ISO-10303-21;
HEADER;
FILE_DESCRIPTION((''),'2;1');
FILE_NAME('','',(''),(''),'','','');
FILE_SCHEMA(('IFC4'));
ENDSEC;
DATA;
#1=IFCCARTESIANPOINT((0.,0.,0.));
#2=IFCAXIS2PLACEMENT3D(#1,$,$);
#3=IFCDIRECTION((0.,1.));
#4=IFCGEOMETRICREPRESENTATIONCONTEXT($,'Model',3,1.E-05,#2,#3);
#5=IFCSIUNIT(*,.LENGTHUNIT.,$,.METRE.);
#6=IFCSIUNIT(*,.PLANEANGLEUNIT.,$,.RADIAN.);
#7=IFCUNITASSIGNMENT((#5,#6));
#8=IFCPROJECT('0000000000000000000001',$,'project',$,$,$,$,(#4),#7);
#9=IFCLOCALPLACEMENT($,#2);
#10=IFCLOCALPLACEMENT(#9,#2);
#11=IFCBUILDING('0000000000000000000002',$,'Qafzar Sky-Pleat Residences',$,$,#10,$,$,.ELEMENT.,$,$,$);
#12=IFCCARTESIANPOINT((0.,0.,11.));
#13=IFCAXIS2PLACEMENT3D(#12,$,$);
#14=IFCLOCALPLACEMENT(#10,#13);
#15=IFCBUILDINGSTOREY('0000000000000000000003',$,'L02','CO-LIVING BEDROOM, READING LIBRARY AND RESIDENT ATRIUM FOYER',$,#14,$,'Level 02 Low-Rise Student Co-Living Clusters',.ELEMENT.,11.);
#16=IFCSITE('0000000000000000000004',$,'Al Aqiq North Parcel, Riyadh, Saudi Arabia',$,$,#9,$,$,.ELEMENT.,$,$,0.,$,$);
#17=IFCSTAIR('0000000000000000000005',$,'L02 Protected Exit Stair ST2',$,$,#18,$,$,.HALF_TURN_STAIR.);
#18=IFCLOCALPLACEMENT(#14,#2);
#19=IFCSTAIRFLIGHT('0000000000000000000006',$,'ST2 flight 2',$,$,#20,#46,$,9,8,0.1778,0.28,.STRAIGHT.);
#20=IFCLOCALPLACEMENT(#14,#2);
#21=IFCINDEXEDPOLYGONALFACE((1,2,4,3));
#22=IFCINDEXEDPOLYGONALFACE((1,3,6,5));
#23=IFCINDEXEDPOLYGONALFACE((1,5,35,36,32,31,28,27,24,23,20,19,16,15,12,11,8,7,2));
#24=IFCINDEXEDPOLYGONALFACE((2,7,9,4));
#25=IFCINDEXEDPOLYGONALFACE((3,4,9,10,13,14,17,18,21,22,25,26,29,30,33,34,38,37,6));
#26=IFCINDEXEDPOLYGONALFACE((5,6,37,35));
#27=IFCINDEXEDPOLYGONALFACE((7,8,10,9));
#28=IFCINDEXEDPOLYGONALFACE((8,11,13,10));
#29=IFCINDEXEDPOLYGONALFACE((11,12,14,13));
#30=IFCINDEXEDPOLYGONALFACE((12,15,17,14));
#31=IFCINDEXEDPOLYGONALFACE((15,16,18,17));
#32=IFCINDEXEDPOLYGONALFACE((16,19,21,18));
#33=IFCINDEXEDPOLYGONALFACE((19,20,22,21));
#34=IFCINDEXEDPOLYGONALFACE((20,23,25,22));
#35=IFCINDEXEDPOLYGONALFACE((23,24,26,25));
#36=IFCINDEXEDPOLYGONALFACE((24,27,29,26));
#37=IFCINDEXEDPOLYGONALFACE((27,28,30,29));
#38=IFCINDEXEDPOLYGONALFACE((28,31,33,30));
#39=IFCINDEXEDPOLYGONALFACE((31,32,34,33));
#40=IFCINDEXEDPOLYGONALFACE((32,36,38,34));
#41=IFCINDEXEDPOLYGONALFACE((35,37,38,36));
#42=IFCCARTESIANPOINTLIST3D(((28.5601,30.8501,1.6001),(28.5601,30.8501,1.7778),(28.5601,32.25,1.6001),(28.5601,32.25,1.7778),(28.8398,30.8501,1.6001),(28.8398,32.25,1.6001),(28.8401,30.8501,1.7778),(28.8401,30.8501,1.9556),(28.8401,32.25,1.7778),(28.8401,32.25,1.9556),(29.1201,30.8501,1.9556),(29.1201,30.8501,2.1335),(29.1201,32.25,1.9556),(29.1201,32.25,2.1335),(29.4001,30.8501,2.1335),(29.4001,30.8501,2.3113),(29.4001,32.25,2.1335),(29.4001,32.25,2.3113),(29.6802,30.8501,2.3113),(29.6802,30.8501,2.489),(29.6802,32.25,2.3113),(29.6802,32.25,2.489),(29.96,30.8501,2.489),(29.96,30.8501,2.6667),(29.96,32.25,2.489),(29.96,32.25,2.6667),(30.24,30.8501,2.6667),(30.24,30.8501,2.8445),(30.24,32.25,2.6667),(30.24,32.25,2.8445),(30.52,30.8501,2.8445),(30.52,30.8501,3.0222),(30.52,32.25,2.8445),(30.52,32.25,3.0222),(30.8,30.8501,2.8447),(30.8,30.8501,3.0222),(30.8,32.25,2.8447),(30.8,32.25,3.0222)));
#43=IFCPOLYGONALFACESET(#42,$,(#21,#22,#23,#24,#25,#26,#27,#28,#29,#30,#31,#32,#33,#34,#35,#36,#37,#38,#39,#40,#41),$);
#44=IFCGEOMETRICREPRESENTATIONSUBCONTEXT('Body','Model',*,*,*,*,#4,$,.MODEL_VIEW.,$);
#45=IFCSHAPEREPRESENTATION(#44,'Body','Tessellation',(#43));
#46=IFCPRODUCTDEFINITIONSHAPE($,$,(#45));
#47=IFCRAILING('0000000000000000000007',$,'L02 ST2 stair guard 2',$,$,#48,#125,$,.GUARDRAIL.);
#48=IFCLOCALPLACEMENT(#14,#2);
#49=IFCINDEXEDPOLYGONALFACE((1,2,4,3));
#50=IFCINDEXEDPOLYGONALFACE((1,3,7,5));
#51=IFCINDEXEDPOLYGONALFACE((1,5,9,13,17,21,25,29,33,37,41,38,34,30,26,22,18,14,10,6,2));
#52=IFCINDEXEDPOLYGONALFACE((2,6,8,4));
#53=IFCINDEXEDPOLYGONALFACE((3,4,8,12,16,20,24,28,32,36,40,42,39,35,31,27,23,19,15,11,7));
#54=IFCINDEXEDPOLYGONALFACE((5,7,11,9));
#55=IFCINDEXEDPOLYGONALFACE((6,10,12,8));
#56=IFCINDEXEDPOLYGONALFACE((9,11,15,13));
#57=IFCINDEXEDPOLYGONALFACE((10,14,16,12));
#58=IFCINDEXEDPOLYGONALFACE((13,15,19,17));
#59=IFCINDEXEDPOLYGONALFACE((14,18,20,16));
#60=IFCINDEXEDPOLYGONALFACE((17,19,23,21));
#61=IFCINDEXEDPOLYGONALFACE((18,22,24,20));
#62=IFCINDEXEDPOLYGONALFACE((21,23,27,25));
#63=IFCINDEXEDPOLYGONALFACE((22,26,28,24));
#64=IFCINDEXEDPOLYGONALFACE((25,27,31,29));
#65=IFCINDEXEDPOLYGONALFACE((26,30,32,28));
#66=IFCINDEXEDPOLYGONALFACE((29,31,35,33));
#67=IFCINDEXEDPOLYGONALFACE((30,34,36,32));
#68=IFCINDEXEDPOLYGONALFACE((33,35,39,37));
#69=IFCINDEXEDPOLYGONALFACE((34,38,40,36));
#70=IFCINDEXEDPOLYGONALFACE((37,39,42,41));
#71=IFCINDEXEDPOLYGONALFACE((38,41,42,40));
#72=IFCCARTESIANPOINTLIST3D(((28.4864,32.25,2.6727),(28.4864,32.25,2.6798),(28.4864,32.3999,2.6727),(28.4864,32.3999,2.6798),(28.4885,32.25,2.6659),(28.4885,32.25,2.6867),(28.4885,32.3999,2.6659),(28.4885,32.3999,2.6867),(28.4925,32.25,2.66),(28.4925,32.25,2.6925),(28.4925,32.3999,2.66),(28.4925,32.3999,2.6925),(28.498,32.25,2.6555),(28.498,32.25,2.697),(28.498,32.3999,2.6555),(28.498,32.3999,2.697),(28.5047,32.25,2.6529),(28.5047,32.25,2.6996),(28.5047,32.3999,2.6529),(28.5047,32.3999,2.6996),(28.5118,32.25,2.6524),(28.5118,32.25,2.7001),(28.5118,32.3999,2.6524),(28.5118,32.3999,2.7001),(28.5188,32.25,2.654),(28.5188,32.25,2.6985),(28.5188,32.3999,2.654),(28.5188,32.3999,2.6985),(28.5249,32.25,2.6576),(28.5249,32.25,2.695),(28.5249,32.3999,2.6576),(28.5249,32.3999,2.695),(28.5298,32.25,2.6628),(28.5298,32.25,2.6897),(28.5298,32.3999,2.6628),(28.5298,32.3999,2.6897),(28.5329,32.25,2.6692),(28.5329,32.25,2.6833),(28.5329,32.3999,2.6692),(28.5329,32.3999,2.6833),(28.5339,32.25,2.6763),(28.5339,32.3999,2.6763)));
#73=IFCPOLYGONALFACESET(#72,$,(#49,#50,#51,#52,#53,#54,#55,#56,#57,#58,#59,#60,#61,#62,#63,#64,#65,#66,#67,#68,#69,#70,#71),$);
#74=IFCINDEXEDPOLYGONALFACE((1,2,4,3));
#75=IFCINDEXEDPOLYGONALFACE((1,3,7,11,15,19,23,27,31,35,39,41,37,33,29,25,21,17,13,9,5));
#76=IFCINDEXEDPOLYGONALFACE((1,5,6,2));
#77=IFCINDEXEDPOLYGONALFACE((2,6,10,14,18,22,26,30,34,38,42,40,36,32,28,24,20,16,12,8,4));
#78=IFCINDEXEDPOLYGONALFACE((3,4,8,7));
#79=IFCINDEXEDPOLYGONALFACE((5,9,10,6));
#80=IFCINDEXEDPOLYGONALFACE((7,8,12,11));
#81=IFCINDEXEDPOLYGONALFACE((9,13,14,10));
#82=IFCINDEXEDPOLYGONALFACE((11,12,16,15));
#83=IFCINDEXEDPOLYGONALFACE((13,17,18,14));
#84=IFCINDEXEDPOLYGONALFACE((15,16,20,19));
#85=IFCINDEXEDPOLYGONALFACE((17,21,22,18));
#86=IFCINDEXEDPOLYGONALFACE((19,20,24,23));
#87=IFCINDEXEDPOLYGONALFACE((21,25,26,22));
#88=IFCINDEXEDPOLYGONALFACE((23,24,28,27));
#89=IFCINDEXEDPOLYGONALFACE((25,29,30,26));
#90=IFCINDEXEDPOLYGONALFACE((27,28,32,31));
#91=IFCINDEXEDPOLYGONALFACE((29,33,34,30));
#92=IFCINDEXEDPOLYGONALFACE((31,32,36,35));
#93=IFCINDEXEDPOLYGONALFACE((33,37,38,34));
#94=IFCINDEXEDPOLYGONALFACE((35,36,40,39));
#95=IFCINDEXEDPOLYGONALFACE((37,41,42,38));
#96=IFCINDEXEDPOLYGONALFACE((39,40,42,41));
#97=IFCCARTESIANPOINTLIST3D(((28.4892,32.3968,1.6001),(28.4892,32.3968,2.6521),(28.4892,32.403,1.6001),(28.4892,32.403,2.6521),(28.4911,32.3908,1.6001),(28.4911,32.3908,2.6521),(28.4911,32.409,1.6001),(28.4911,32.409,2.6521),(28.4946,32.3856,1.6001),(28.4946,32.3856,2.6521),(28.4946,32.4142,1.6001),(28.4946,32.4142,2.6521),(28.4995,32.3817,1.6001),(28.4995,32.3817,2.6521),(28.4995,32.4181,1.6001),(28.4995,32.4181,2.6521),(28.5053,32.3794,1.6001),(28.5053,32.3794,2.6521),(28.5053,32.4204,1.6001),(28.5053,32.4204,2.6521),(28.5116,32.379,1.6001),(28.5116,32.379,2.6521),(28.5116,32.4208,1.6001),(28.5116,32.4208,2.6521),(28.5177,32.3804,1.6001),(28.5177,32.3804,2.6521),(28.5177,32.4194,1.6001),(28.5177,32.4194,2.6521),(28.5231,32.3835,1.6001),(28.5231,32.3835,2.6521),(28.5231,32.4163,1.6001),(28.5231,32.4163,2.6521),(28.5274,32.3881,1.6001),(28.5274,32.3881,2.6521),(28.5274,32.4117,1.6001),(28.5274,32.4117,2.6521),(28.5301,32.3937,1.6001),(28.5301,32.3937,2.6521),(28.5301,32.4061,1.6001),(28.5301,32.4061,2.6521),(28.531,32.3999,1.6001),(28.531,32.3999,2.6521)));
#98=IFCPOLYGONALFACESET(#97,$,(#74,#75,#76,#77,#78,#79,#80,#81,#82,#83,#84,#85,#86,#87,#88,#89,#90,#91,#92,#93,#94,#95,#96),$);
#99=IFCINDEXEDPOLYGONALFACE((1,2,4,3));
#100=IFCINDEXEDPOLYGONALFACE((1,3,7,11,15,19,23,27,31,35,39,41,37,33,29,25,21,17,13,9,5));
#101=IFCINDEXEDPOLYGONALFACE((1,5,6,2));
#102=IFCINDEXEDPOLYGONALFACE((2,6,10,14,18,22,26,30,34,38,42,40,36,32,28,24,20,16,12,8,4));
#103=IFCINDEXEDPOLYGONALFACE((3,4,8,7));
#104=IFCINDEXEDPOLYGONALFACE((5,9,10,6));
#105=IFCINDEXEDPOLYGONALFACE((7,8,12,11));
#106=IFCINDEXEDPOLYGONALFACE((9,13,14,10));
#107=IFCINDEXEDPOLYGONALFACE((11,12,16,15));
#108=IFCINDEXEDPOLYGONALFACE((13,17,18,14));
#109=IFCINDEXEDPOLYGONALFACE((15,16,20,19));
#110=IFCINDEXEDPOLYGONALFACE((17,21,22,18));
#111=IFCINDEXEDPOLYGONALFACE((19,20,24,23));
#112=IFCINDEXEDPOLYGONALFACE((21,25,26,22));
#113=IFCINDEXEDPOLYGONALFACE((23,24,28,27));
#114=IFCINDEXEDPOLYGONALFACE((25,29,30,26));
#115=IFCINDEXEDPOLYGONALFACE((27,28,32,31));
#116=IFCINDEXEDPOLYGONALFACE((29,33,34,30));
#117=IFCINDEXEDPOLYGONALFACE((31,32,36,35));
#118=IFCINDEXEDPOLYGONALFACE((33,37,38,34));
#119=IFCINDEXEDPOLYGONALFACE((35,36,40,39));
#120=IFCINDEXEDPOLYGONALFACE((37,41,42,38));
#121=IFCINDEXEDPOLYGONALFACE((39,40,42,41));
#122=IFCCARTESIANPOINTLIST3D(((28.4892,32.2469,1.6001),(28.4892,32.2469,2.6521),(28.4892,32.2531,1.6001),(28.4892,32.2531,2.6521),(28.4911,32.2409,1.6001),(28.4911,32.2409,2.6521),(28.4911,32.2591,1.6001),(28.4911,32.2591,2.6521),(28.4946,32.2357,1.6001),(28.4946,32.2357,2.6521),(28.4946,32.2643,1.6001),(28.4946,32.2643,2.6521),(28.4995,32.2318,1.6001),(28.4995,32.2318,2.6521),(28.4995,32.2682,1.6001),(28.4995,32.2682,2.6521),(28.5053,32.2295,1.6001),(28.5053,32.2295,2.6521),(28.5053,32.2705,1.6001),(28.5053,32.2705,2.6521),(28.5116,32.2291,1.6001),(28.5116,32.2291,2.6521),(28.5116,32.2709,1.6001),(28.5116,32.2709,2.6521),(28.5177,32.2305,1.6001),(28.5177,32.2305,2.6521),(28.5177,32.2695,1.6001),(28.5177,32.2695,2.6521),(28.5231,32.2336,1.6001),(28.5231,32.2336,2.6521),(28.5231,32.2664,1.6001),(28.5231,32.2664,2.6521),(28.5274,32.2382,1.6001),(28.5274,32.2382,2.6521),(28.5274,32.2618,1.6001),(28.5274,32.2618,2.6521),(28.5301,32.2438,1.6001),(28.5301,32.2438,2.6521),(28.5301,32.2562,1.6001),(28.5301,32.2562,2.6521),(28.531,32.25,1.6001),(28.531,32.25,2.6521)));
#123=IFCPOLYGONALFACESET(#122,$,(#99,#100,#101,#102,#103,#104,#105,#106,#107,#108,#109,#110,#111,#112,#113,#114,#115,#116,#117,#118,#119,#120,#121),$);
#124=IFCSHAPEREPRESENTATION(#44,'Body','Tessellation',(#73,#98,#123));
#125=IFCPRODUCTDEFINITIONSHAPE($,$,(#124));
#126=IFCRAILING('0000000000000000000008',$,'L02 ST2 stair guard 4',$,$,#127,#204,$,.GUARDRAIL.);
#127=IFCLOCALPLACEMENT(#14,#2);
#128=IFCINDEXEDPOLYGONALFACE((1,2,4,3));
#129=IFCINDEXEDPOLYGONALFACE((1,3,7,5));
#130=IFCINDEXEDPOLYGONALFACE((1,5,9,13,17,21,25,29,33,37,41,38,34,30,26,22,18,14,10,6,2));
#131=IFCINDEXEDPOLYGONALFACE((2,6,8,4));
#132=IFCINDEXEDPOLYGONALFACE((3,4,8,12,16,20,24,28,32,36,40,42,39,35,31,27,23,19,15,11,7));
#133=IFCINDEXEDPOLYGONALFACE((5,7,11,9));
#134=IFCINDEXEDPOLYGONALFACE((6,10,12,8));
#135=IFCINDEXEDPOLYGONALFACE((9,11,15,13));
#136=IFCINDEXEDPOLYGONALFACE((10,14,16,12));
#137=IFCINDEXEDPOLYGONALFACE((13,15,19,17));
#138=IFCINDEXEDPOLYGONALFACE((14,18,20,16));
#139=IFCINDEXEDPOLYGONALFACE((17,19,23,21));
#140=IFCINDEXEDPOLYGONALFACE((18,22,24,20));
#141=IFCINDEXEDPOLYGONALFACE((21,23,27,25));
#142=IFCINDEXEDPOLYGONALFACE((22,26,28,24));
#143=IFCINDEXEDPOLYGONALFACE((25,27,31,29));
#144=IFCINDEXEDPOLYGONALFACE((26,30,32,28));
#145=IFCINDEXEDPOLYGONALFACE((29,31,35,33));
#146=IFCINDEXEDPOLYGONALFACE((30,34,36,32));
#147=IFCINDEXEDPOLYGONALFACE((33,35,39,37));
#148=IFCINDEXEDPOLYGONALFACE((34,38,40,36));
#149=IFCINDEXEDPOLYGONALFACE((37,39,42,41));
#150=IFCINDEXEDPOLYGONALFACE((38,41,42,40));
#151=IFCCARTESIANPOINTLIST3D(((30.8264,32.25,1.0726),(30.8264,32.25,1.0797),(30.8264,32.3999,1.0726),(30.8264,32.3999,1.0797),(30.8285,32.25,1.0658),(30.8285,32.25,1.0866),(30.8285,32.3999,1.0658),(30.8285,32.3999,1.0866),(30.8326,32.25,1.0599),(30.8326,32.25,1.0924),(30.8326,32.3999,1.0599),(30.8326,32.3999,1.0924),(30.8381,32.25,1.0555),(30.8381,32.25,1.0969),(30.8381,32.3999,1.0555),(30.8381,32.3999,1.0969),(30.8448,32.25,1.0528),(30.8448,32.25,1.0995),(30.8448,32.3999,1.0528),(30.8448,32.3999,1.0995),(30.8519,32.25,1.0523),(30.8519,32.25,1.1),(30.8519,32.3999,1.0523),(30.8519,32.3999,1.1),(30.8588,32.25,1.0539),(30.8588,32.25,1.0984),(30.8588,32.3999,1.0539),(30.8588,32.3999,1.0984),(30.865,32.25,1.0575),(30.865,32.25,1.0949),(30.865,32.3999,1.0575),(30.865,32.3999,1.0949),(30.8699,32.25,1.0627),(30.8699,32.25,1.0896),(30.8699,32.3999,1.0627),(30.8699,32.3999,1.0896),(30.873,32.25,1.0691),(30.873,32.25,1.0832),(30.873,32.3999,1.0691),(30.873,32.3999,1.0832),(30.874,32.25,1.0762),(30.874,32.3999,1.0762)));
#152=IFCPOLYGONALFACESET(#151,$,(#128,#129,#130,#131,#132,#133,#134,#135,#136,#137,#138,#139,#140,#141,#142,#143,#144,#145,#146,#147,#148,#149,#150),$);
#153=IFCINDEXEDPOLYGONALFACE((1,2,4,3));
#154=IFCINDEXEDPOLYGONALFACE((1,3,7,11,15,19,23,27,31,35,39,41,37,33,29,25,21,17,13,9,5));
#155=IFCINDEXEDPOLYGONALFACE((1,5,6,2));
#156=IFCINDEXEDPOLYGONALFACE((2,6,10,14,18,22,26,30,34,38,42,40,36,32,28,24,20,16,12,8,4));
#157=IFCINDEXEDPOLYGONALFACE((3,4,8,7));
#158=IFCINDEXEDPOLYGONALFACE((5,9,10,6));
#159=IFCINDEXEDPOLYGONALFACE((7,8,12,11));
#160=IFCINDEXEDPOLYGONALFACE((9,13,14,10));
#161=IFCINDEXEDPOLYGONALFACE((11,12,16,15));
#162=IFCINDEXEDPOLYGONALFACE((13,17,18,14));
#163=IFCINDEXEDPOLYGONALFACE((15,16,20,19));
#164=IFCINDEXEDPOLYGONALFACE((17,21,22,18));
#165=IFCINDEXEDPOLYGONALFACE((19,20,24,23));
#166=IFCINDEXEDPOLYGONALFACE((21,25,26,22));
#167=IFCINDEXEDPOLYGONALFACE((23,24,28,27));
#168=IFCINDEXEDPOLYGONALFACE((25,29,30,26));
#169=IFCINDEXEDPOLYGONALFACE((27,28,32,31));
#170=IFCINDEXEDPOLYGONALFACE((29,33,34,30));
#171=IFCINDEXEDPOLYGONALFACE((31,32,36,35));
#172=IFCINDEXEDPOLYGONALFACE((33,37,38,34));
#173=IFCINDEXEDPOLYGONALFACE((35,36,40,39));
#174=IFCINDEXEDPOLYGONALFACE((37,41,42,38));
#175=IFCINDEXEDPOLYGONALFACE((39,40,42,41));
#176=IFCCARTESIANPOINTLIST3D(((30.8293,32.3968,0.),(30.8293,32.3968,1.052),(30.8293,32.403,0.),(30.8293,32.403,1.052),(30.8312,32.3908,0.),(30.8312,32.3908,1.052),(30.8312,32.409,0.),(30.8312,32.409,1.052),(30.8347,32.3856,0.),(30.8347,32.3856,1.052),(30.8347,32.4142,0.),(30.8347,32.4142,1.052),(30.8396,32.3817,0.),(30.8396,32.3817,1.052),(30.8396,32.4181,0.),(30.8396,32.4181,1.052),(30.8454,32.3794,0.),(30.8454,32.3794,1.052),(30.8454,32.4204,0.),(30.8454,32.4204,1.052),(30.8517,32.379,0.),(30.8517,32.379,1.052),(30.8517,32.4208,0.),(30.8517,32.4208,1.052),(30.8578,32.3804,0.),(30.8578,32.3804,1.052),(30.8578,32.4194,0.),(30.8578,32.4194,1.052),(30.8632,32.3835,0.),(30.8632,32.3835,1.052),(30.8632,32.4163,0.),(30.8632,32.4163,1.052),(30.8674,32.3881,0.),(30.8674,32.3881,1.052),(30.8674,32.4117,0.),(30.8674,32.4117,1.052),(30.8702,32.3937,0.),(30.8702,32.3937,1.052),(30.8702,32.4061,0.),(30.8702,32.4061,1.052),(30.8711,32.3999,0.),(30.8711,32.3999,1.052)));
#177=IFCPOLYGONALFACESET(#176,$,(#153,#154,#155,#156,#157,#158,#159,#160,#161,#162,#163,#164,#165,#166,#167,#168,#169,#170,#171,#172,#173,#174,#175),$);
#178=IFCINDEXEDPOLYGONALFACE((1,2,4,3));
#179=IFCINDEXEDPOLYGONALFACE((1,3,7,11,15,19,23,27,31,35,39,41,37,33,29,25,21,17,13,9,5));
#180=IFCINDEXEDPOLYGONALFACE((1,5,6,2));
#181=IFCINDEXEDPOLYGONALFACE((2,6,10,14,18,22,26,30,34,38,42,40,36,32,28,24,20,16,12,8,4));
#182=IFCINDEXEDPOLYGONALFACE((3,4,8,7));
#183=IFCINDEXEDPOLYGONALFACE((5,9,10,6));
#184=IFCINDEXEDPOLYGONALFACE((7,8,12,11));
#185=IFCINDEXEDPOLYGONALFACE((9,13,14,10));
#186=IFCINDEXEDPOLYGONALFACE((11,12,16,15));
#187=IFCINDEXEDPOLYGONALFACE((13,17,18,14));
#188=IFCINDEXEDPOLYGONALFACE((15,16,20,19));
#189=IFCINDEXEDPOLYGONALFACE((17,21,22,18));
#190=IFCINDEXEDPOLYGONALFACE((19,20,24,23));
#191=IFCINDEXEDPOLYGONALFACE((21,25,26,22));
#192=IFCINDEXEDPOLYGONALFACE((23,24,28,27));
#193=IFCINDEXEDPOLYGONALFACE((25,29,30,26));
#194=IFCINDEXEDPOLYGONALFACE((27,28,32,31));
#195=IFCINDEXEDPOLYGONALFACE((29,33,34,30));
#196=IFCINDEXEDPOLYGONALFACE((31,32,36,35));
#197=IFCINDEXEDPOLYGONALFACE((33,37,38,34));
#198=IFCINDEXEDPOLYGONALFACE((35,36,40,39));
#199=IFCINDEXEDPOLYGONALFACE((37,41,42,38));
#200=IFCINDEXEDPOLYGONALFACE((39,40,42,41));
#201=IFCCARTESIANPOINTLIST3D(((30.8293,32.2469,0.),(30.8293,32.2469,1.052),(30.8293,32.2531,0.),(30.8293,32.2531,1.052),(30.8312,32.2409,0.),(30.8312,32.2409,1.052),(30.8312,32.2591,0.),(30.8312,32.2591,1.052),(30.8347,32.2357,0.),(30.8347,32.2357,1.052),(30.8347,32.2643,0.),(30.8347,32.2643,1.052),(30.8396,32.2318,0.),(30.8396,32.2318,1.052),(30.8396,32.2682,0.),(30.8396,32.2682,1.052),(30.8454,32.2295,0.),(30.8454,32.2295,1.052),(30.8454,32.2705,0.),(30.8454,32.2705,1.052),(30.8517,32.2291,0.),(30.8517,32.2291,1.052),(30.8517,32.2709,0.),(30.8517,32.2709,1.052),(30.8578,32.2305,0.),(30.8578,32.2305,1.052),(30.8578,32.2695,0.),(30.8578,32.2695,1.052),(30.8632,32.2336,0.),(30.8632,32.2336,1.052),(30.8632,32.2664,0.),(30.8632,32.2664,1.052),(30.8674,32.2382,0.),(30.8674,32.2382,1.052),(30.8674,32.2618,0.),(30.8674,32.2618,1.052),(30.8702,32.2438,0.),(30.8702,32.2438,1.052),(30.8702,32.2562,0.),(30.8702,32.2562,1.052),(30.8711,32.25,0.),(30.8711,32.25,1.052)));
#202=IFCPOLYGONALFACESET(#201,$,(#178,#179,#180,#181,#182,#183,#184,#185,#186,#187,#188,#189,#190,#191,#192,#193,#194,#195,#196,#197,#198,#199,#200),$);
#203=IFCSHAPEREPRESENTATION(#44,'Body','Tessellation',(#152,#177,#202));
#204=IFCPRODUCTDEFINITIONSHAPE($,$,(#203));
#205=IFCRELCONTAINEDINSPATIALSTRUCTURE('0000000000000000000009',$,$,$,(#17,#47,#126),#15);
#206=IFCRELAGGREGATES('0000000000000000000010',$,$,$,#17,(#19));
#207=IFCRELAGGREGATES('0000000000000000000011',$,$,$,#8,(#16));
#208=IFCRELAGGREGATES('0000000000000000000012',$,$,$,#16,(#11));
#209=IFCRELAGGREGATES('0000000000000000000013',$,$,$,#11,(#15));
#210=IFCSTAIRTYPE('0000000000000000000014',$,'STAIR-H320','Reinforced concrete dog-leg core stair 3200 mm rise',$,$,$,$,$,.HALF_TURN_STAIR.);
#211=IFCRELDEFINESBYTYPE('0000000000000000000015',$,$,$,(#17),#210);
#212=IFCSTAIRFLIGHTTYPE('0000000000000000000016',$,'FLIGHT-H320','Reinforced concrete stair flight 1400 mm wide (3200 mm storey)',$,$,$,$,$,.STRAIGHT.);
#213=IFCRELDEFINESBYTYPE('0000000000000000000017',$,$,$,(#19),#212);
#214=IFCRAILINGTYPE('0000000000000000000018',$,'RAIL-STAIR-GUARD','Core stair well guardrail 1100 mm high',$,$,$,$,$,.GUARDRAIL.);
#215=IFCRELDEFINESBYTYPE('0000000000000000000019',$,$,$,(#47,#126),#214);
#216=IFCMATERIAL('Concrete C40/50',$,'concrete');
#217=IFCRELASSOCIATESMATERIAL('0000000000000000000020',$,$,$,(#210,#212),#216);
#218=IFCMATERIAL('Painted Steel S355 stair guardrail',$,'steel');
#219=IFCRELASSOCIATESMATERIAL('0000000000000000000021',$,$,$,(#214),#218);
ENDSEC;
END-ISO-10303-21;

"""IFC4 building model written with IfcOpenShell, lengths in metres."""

from ifc_helpers import new_model, si_unit, direction, frame, origin, origin_2d, place, context, subcontext, project, spatial, polyline, circle, outline, extrude, source, transform, mapped, material, type_object, element, aggregate, save


model = new_model("IFC4")

# Units and contexts
model_context = context("Model", 3, precision=1e-05, world=origin(), true_north=direction((0.0, 1.0)))
body_context = subcontext(model_context, "Body", "Model", "MODEL_VIEW")
ifc_project = project(units=[si_unit("LENGTHUNIT", "METRE"), si_unit("PLANEANGLEUNIT", "RADIAN")], contexts=[model_context])

# Site, building, storey
site_placement = place(None, origin())
site = spatial("IfcSite", under=ifc_project, at=site_placement, Name="Al Aqiq North Parcel, Riyadh, Saudi Arabia", CompositionType="ELEMENT", RefElevation=0.0)
building_placement = place(site_placement, origin())
building = spatial("IfcBuilding", under=site, at=building_placement, Name="Qafzar Sky-Pleat Residences", CompositionType="ELEMENT")
storey_placement = place(building_placement, frame((0.0, 0.0, 11.0)))
storey = spatial("IfcBuildingStorey", under=building, at=storey_placement, Name="L02", Description="CO-LIVING BEDROOM, READING LIBRARY AND RESIDENT ATRIUM FOYER", LongName="Level 02 Low-Rise Student Co-Living Clusters", CompositionType="ELEMENT", Elevation=11.0)

# Stair, stair flight
ifc_material_1 = material(Name="Concrete C40/50", Category="concrete")
stair_type = type_object("IfcStairType", Name="STAIR-H320", Description="Reinforced concrete dog-leg core stair 3200 mm rise", PredefinedType="HALF_TURN_STAIR", material=ifc_material_1)
stair_placement = place(storey_placement, origin())
stair = element("IfcStair", 1, at=stair_placement, inside=storey, type_object=stair_type, Name="L02 Protected Exit Stair ST2", PredefinedType="HALF_TURN_STAIR")
stair_flight_type = type_object("IfcStairFlightType", Name="FLIGHT-H320", Description="Reinforced concrete stair flight 1400 mm wide (3200 mm storey)", PredefinedType="STRAIGHT", material=ifc_material_1)
shared_shape_1 = source(origin(), body_context, "Body", "SweptSolid", [
    extrude(outline(polyline([(0.0, 0.0), (0.0, 0.1777), (0.28, 0.1777), (0.28, 0.3555), (0.5601, 0.3555), (0.5601, 0.5334), (0.8401, 0.5334), (0.8401, 0.7112), (1.1201, 0.7112), (1.1201, 0.8889), (1.3999, 0.8889), (1.3999, 1.0667), (1.6799, 1.0667), (1.6799, 1.2444), (1.96, 1.2444), (1.96, 1.4221), (2.24, 1.4221), (2.24, 1.6001), (2.24, 1.2446), (0.2798, 0.0), (0.0, 0.0)])), frame((0.0, 0.7, 0.0), z_axis=(0.0, -1.0, 0.0), x_axis=(1.0, 0.0, 0.0)), (0.0, 0.0, 1.0), 1.3999),
])
stair_flight_1_placement = place(storey_placement, frame((28.5601, 31.55, 1.6001), z_axis=(0.0, 0.0, 1.0), x_axis=(1.0, 0.0, 0.0)))
stair_flight_1 = element("IfcStairFlight", 2, at=stair_flight_1_placement, type_object=stair_flight_type, Name="ST2 flight 2", NumberOfRisers=9, NumberOfTreads=8, PredefinedType="STRAIGHT", RiserHeight=0.1778, TreadLength=0.28, context=body_context, shape_type="MappedRepresentation", body=[
    mapped(shared_shape_1, transform((0.0, 0.0, 0.0), x_axis=(1.0, 0.0, 0.0), y_axis=(0.0, 1.0, 0.0), z_axis=(0.0, 0.0, 1.0), scale=1.0)),
])
aggregate(stair, [stair_flight_1])

# Railings
ifc_material_2 = material(Name="Painted Steel S355 stair guardrail", Category="steel")
railing_type_1 = type_object("IfcRailingType", Name="RAIL-STAIR-GUARD", Description="Core stair well guardrail 1100 mm high", PredefinedType="GUARDRAIL", material=ifc_material_2)
shared_shape_2 = source(origin(), body_context, "Body", "SweptSolid", [
    extrude(circle(Radius=0.0239, at=origin_2d()), frame((0.0, 0.0, 1.0762), z_axis=(0.0, -1.0, 0.0), x_axis=(1.0, 0.0, 0.0)), (0.0, 0.0, 1.0), 0.1499),
    extrude(circle(Radius=0.021, at=origin_2d()), origin(), (0.0, 0.0, 1.0), 1.052),
    extrude(circle(Radius=0.021, at=origin_2d()), frame((0.0, -0.1499, 0.0)), (0.0, 0.0, 1.0), 1.052),
])
for number, where, name in (
    (3, (28.51, 32.3999, 1.6001), "L02 ST2 stair guard 2"),
    (4, (30.8501, 32.3999, 0.0), "L02 ST2 stair guard 4"),
):
    element("IfcRailing", number, at=place(storey_placement, frame(where)), inside=storey, type_object=railing_type_1, Name=name, PredefinedType="GUARDRAIL", context=body_context, shape_type="MappedRepresentation", body=[
        mapped(shared_shape_2, transform((0.0, 0.0, 0.0), x_axis=(1.0, 0.0, 0.0), y_axis=(0.0, 1.0, 0.0), z_axis=(0.0, 0.0, 1.0), scale=1.0)),
    ])

save(model, "model.ifc")
